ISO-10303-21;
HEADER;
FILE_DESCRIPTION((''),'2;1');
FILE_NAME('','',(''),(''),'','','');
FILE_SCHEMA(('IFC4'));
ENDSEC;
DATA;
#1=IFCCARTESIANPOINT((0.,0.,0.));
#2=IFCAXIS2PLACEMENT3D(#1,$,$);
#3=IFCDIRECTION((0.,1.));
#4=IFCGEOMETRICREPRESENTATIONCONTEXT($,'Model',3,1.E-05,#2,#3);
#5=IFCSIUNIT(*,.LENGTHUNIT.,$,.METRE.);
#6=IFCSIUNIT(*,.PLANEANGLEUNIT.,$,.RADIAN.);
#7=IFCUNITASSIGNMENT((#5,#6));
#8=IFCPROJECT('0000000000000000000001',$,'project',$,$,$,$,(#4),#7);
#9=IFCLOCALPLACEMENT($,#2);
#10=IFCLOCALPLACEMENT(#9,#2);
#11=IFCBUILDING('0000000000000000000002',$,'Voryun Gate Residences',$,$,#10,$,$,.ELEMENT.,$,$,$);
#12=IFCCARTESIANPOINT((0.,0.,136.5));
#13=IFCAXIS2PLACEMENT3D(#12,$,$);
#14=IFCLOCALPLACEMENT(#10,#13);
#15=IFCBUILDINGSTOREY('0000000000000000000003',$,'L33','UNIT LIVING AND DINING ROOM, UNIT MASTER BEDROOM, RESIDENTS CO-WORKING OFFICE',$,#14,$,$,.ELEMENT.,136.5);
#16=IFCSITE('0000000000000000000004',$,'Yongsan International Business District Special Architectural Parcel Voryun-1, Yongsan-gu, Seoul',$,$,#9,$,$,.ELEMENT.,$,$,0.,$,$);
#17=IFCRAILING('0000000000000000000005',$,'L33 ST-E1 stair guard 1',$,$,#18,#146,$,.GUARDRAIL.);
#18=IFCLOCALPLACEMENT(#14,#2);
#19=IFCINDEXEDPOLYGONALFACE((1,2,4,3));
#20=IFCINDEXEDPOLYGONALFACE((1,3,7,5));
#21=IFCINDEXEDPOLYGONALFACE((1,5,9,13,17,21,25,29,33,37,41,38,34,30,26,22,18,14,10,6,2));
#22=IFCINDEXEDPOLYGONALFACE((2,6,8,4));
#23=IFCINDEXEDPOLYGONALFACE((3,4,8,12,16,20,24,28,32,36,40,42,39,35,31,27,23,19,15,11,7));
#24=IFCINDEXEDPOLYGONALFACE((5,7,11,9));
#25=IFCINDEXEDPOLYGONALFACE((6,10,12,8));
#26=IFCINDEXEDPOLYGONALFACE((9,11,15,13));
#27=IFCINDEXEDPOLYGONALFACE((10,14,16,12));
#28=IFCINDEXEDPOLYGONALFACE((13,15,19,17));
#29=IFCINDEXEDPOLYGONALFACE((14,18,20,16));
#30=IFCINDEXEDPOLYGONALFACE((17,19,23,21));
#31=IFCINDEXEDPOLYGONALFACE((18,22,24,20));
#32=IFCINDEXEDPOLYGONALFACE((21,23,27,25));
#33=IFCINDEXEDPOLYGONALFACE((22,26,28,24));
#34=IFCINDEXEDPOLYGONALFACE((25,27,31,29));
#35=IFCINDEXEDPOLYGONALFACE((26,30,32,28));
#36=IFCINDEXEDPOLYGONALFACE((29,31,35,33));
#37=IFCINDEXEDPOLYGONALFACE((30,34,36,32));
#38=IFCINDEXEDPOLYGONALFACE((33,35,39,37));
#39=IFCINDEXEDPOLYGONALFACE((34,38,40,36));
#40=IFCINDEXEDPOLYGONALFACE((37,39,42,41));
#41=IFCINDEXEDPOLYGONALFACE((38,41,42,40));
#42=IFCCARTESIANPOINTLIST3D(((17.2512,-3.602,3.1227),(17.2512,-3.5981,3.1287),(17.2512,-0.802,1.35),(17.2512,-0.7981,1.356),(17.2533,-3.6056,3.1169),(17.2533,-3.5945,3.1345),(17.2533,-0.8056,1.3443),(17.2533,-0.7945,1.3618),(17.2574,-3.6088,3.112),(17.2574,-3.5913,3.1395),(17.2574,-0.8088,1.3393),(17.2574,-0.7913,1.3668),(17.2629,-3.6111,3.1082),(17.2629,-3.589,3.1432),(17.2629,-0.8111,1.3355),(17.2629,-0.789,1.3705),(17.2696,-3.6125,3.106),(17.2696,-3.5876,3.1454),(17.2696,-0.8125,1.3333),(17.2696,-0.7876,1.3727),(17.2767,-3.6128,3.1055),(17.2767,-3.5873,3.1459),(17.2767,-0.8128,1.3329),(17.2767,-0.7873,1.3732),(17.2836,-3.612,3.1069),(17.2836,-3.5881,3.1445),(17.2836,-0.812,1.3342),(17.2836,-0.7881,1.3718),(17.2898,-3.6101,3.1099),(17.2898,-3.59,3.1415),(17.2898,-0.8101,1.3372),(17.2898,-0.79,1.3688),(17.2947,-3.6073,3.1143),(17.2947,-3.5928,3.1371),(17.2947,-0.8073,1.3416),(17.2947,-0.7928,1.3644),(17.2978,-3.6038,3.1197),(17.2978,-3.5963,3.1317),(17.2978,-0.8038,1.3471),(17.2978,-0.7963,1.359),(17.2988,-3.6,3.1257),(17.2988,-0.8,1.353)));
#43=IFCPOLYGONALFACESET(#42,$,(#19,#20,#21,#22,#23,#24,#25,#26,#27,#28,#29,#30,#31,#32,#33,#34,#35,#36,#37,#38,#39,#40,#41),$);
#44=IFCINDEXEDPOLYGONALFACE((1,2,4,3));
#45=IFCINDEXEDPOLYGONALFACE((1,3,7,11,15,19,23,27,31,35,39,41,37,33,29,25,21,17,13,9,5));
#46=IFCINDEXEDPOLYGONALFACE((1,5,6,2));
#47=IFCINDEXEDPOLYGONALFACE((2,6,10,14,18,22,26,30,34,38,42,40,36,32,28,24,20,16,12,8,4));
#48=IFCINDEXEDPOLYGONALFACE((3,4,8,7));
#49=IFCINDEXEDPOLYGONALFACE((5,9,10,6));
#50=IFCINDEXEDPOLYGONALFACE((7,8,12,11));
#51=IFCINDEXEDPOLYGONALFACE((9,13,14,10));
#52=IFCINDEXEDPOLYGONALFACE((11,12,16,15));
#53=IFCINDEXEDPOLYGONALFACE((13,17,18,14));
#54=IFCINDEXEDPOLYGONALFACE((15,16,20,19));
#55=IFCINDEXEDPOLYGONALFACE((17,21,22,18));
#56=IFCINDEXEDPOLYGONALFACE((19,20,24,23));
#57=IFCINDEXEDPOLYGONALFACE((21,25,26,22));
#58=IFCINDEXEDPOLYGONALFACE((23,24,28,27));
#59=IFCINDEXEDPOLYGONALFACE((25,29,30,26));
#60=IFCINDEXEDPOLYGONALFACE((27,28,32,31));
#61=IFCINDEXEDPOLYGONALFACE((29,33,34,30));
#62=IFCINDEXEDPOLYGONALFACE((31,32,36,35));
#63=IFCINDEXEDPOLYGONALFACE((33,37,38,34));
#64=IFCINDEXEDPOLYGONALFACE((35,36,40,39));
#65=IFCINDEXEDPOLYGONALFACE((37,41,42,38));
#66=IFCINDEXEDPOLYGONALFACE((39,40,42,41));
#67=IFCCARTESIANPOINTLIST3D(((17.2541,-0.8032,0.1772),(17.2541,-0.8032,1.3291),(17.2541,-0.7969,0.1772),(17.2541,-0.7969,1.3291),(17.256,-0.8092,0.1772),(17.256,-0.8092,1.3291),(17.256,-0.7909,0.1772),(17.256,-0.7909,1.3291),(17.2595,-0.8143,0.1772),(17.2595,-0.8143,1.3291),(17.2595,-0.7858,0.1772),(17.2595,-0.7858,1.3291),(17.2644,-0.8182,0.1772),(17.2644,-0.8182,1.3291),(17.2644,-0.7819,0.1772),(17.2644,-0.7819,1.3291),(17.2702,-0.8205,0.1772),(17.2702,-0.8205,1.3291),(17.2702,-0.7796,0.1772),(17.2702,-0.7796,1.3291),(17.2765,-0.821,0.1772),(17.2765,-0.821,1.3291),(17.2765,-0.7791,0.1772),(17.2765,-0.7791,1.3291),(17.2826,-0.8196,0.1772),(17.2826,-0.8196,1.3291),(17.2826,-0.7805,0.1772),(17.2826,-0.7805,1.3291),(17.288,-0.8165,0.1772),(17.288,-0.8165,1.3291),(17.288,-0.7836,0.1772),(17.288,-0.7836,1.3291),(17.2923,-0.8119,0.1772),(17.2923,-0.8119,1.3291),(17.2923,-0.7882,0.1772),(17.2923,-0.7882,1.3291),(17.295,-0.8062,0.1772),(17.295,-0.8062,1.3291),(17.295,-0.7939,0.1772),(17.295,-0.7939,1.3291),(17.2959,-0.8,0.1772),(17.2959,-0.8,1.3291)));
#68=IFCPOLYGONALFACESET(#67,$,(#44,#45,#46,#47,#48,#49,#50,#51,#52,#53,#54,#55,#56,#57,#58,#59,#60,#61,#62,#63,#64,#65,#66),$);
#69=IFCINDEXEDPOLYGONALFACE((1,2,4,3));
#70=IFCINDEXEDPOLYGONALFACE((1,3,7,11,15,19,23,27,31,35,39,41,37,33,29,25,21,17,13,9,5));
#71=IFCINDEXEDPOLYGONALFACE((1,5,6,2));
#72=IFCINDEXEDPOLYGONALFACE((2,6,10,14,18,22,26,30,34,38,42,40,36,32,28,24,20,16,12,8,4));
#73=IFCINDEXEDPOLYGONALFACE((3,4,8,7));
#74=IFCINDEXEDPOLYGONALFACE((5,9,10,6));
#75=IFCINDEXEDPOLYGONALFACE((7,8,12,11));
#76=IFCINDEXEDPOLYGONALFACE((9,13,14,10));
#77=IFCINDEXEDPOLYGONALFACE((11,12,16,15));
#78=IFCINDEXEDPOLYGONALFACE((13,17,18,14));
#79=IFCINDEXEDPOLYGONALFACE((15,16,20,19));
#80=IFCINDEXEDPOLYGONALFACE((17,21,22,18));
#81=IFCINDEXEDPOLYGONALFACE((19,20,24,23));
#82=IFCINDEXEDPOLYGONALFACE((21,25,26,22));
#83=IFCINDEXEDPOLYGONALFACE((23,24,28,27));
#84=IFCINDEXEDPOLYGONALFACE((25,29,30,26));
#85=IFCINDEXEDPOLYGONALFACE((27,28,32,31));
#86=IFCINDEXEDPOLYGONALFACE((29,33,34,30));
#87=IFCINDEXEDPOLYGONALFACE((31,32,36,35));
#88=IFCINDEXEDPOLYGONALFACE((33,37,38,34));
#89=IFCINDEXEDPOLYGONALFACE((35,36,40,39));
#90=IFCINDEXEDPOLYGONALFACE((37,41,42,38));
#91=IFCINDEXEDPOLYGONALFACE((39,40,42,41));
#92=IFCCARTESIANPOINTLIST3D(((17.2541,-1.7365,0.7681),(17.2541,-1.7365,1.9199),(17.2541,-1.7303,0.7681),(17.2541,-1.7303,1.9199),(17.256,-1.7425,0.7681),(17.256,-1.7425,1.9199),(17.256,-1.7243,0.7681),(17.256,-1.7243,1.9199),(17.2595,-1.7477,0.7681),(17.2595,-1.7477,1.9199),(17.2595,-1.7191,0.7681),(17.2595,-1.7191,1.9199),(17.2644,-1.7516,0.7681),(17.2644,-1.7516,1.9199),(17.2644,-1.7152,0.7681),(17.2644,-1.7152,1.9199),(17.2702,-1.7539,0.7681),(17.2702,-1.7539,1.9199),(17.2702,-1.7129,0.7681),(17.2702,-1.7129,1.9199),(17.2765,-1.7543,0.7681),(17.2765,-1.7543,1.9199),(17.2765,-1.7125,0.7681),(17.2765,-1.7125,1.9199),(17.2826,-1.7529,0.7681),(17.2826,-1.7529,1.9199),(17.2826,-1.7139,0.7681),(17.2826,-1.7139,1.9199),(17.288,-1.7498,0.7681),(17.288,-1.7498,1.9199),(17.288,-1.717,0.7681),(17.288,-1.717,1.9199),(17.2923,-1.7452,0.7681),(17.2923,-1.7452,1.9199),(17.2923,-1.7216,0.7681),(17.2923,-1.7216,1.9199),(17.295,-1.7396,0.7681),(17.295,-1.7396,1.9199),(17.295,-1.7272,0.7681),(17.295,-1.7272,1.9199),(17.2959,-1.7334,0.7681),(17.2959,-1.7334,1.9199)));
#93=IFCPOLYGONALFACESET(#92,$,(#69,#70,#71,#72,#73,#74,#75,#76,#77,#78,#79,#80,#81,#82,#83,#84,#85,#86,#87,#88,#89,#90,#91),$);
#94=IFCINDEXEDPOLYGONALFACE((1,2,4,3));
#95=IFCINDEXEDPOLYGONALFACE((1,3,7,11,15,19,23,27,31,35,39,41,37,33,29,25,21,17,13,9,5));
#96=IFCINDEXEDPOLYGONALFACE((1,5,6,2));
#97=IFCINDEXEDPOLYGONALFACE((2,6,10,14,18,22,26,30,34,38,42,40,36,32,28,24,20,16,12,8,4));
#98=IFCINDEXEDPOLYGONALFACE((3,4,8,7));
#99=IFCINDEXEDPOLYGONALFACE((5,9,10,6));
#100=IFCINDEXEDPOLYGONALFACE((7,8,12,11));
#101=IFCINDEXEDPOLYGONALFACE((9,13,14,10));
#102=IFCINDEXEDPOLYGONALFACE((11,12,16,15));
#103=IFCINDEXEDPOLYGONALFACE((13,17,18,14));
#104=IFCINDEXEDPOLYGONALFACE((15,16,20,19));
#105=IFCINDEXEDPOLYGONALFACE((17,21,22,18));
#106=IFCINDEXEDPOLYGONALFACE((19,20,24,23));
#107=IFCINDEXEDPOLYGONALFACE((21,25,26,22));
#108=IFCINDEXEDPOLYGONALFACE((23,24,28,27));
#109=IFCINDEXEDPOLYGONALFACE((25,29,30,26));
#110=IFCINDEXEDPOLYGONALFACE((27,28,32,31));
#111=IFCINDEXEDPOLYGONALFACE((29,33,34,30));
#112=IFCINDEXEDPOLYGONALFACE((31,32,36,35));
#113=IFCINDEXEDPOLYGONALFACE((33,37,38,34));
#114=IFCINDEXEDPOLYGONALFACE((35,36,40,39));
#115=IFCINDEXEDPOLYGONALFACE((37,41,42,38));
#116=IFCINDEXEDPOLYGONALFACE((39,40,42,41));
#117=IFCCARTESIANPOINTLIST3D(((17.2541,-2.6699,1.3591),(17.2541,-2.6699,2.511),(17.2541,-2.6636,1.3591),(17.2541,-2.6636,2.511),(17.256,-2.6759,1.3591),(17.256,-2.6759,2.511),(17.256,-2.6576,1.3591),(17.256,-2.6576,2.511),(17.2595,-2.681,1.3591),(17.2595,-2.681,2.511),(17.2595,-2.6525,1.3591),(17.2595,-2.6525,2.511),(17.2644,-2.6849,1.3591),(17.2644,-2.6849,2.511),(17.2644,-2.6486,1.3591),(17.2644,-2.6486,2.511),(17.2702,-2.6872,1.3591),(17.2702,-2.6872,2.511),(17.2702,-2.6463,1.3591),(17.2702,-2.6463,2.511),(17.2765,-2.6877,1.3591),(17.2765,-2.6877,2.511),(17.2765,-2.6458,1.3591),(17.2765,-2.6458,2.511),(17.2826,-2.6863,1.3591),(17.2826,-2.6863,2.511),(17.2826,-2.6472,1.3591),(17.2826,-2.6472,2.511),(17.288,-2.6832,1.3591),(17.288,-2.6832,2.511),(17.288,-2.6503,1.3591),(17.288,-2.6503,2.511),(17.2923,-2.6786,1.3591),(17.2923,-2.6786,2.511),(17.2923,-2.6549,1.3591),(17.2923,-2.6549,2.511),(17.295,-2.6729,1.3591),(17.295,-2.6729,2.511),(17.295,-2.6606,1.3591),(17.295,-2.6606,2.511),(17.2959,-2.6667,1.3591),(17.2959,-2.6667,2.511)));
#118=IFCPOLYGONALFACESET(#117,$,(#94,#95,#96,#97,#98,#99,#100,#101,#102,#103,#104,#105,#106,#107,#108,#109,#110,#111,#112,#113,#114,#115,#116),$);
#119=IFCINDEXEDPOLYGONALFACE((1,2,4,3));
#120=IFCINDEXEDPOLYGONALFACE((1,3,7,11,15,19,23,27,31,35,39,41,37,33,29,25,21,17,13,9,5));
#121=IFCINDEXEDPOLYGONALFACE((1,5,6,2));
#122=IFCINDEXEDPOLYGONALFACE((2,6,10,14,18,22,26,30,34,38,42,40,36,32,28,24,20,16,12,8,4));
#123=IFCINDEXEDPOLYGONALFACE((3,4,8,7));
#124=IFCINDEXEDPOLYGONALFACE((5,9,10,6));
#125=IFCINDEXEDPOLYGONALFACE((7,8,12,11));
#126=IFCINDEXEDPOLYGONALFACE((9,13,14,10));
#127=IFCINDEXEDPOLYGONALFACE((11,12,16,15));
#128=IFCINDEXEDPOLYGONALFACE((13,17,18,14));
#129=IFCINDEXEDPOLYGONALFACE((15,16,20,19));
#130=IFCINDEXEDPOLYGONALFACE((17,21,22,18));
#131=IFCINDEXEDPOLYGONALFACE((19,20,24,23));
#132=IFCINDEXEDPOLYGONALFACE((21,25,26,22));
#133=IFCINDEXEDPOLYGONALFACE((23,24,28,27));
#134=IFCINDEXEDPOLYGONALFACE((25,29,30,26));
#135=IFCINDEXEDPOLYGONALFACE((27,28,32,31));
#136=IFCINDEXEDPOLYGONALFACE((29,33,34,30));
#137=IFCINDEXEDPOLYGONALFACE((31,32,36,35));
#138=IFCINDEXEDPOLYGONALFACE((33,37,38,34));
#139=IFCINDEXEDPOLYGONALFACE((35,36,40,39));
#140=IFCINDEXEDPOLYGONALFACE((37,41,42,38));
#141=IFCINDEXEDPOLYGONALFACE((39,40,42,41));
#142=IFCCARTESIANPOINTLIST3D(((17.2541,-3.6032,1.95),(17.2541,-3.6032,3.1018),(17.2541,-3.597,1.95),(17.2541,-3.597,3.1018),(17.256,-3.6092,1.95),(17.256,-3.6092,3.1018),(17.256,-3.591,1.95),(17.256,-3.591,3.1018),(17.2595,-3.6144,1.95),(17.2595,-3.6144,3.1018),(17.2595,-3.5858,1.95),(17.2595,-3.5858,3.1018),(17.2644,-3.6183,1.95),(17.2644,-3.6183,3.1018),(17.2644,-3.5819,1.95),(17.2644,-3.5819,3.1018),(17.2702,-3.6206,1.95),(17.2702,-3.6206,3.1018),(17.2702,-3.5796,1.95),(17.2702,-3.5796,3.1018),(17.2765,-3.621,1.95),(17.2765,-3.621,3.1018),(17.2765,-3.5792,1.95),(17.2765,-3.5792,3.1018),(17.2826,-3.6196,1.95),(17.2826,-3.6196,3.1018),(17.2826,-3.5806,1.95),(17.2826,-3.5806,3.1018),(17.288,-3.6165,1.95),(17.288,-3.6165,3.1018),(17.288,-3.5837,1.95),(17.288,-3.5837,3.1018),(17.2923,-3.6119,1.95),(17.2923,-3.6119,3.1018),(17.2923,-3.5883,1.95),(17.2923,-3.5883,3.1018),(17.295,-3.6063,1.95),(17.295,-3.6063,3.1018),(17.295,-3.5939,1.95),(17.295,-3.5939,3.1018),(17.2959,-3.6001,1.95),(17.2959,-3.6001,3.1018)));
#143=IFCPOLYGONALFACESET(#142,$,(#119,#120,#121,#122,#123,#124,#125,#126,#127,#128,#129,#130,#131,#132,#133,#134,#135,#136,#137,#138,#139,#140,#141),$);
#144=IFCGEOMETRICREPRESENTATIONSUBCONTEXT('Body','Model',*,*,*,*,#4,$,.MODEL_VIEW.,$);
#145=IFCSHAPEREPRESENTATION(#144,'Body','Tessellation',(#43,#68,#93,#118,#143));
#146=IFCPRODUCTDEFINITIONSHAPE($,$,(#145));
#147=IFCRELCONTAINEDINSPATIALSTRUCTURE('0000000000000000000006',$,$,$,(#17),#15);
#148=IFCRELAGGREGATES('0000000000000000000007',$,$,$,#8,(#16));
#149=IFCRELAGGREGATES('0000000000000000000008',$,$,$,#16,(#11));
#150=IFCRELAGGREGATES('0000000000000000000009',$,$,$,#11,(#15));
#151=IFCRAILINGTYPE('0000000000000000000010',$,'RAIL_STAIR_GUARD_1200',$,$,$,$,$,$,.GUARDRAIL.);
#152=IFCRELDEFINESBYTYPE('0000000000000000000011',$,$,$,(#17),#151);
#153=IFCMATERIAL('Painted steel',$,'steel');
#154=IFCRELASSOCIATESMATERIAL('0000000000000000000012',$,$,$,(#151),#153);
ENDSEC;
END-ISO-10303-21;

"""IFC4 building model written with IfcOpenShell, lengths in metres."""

from ifc_helpers import new_model, si_unit, direction, frame, origin, origin_2d, place, context, subcontext, project, spatial, circle, extrude, material, type_object, element, save


model = new_model("IFC4")

# Units and contexts
model_context = context("Model", 3, precision=1e-05, world=origin(), true_north=direction((0.0, 1.0)))
body_context = subcontext(model_context, "Body", "Model", "MODEL_VIEW")
ifc_project = project(units=[si_unit("LENGTHUNIT", "METRE"), si_unit("PLANEANGLEUNIT", "RADIAN")], contexts=[model_context])

# Site, building, storey
site_placement = place(None, origin())
site = spatial("IfcSite", under=ifc_project, at=site_placement, Name="Yongsan International Business District Special Architectural Parcel Voryun-1, Yongsan-gu, Seoul", CompositionType="ELEMENT", RefElevation=0.0)
building_placement = place(site_placement, origin())
building = spatial("IfcBuilding", under=site, at=building_placement, Name="Voryun Gate Residences", CompositionType="ELEMENT")
storey_placement = place(building_placement, frame((0.0, 0.0, 136.5)))
storey = spatial("IfcBuildingStorey", under=building, at=storey_placement, Name="L33", Description="UNIT LIVING AND DINING ROOM, UNIT MASTER BEDROOM, RESIDENTS CO-WORKING OFFICE", CompositionType="ELEMENT", Elevation=136.5)

# Railing
ifc_material_1 = material(Name="Painted steel", Category="steel")
railing_type = type_object("IfcRailingType", Name="RAIL_STAIR_GUARD_1200", PredefinedType="GUARDRAIL", material=ifc_material_1)
railing_1_placement = place(storey_placement, frame((17.2749, -0.8, 0.1772)))
element("IfcRailing", 1, at=railing_1_placement, inside=storey, type_object=railing_type, Name="L33 ST-E1 stair guard 1", PredefinedType="GUARDRAIL", context=body_context, shape_type="SweptSolid", body=[
    extrude(circle(Radius=0.0239, at=origin_2d()), frame((0.0, 0.0, 1.1758), z_axis=(0.0, -0.844909, 0.53491), x_axis=(1.0, 0.0, 0.0)), (0.0, 0.0, 1.0), 3.314),
    extrude(circle(Radius=0.021, at=origin_2d()), origin(), (0.0, 0.0, 1.0), 1.1519),
    extrude(circle(Radius=0.021, at=origin_2d()), frame((0.0, -0.9333, 0.5908)), (0.0, 0.0, 1.0), 1.1519),
    extrude(circle(Radius=0.021, at=origin_2d()), frame((0.0, -1.8667, 1.1819)), (0.0, 0.0, 1.0), 1.1519),
    extrude(circle(Radius=0.021, at=origin_2d()), frame((0.0, -2.8, 1.7727)), (0.0, 0.0, 1.0), 1.1519),
])

save(model, "model.ifc")
